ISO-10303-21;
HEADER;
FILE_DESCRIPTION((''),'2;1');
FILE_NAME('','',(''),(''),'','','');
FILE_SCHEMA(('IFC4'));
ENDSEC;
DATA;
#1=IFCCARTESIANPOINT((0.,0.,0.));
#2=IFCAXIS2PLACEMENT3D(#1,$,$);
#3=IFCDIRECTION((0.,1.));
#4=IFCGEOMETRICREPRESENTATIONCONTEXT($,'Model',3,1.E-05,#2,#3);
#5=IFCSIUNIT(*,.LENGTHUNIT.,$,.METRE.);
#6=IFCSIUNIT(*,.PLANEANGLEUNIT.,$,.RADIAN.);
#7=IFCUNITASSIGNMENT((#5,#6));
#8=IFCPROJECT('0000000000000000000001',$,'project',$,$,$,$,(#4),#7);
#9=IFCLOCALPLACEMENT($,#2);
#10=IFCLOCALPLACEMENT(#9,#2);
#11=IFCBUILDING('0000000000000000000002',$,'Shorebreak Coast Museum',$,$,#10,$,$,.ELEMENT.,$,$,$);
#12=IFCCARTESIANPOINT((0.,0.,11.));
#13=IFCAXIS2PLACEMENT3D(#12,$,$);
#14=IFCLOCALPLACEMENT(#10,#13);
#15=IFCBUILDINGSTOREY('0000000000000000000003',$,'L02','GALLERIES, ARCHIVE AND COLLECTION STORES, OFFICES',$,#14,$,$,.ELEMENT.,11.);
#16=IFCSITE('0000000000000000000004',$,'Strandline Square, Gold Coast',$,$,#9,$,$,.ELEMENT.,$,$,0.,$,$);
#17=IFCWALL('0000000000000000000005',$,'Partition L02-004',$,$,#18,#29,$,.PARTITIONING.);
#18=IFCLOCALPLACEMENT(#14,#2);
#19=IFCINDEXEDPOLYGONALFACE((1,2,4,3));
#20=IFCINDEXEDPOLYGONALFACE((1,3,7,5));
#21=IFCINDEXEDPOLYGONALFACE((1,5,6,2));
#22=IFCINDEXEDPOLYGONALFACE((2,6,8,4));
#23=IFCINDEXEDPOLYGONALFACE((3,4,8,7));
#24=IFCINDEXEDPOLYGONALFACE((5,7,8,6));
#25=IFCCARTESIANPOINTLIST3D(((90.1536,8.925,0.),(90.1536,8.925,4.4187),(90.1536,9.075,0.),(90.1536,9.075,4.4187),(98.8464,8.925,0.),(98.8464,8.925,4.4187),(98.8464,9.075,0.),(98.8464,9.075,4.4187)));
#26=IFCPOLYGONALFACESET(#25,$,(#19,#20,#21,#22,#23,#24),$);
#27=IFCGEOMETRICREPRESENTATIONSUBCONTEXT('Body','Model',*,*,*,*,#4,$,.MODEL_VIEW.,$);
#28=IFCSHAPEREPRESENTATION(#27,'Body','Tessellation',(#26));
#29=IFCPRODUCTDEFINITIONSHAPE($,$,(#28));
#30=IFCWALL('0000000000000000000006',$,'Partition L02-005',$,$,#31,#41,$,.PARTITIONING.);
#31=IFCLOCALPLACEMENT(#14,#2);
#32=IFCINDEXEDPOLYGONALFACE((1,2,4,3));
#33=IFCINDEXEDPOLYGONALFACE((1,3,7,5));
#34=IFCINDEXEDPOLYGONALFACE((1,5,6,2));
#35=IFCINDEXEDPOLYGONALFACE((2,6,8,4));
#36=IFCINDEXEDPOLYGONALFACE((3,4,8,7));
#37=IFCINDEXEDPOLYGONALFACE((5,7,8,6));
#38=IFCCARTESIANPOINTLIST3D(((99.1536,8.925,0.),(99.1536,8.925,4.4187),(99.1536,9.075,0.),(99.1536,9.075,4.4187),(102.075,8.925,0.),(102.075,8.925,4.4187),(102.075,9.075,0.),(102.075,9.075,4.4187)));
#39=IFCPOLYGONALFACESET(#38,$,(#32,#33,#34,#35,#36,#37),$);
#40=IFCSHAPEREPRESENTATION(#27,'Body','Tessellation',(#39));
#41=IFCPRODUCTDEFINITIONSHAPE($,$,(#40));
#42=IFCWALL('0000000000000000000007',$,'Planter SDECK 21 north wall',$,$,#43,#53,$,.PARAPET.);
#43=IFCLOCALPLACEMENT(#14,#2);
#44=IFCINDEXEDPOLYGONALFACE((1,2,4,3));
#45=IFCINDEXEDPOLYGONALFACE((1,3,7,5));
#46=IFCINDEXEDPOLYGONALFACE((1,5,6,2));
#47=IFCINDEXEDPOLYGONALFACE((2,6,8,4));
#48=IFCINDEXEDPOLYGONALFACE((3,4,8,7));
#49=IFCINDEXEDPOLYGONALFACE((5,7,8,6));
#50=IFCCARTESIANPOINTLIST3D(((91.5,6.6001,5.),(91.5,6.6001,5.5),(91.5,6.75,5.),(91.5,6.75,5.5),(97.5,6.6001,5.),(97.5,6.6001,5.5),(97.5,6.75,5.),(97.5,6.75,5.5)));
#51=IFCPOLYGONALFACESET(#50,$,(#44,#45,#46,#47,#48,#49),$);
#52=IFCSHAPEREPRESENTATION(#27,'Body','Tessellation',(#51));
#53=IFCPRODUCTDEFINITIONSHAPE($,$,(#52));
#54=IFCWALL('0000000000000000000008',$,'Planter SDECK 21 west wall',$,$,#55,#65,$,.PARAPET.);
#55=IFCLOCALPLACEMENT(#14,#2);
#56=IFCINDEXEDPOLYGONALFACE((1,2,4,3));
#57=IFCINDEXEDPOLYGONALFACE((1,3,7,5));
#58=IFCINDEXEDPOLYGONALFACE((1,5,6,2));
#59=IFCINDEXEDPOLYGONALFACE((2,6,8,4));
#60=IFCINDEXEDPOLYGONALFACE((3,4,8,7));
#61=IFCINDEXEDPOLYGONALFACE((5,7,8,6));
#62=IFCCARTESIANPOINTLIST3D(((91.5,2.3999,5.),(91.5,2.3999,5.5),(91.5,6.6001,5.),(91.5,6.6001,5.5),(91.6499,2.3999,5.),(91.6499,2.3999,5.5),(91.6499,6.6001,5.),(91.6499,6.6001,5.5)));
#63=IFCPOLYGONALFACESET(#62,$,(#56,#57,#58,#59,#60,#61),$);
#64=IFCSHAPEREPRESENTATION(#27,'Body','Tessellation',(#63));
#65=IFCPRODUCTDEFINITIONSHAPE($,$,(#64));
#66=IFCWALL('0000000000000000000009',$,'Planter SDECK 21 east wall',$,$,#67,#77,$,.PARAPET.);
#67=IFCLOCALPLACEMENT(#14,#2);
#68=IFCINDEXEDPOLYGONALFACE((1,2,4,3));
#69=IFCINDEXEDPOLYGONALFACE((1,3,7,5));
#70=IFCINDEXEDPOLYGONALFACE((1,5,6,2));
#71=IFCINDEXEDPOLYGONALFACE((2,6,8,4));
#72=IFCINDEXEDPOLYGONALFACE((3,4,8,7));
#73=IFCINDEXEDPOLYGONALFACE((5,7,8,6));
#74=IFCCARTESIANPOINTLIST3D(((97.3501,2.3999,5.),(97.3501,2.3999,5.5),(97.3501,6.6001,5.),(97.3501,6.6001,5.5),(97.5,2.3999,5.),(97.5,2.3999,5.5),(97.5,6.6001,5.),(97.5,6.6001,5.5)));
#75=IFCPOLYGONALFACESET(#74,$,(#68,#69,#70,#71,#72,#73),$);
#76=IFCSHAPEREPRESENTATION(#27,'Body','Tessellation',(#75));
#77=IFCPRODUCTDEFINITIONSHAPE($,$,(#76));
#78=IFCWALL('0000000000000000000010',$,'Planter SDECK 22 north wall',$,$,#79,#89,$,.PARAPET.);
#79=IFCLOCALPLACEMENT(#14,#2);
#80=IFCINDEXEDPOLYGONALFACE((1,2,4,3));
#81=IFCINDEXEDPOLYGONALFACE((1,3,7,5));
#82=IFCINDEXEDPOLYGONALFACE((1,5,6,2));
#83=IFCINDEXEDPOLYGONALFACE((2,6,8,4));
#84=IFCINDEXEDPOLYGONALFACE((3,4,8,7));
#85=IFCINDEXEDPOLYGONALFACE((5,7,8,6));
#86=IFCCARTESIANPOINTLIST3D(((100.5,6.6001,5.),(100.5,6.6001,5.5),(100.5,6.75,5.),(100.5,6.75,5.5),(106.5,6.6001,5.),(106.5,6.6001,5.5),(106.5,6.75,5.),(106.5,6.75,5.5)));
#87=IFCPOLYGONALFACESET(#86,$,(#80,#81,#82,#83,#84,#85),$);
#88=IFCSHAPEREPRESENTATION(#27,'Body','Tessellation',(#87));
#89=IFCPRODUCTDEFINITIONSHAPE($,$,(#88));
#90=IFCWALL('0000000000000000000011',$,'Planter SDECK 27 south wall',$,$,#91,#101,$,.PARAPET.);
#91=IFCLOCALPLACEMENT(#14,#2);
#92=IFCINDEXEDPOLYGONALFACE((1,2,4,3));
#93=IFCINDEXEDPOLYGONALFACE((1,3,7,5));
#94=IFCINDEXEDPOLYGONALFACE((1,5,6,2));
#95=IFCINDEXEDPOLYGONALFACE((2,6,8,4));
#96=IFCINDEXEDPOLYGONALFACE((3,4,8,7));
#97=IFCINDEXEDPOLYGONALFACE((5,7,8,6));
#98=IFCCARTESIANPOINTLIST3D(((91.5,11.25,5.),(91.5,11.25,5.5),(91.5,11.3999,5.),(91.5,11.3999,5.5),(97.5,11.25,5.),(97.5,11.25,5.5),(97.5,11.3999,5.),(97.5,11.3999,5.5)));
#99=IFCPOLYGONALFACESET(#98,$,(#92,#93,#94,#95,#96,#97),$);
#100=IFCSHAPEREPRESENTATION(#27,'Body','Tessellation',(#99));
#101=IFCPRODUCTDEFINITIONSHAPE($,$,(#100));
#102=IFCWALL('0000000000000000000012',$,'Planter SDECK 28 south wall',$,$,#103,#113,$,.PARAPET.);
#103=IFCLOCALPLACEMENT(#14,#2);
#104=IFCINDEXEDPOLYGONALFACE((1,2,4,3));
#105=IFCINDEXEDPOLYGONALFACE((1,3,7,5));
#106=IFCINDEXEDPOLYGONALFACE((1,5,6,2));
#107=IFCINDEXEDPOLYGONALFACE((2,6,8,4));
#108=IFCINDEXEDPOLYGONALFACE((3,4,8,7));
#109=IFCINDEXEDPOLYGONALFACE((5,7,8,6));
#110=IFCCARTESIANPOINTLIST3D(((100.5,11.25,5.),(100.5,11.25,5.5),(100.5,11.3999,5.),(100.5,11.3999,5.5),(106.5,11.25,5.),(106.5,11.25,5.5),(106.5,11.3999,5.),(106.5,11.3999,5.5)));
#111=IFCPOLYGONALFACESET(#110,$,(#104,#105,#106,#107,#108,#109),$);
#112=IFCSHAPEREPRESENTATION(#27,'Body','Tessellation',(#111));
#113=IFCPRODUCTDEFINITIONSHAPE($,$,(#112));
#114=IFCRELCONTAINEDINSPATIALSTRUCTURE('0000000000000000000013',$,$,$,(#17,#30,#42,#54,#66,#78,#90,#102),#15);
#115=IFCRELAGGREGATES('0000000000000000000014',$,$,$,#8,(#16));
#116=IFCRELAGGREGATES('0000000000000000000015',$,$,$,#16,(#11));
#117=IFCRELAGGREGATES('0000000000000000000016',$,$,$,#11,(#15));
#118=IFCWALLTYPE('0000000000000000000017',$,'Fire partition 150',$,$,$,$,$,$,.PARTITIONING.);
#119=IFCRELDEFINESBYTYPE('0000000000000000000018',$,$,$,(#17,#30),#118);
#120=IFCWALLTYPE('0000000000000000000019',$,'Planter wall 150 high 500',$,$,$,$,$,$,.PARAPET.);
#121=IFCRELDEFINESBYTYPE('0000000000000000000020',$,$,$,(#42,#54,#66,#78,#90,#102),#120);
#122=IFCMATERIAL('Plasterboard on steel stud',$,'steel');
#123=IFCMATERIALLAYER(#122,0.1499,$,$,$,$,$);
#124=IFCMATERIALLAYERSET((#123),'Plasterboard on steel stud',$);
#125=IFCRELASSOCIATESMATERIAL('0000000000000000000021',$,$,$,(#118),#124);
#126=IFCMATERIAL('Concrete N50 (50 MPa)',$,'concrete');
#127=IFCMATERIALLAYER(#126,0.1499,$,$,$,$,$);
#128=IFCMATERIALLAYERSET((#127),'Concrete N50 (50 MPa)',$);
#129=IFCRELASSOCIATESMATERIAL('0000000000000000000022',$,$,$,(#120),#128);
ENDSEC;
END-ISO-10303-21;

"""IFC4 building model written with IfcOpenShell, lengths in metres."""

from ifc_helpers import new_model, si_unit, direction, frame, frame_2d, origin, place, context, subcontext, project, spatial, rectangle, extrude, material, layer, layer_set, type_object, element, save


model = new_model("IFC4")

# Units and contexts
model_context = context("Model", 3, precision=1e-05, world=origin(), true_north=direction((0.0, 1.0)))
body_context = subcontext(model_context, "Body", "Model", "MODEL_VIEW")
ifc_project = project(units=[si_unit("LENGTHUNIT", "METRE"), si_unit("PLANEANGLEUNIT", "RADIAN")], contexts=[model_context])

# Site, building, storey
site_placement = place(None, origin())
site = spatial("IfcSite", under=ifc_project, at=site_placement, Name="Strandline Square, Gold Coast", CompositionType="ELEMENT", RefElevation=0.0)
building_placement = place(site_placement, origin())
building = spatial("IfcBuilding", under=site, at=building_placement, Name="Shorebreak Coast Museum", CompositionType="ELEMENT")
storey_placement = place(building_placement, frame((0.0, 0.0, 11.0)))
storey = spatial("IfcBuildingStorey", under=building, at=storey_placement, Name="L02", Description="GALLERIES, ARCHIVE AND COLLECTION STORES, OFFICES", CompositionType="ELEMENT", Elevation=11.0)

# Walls
ifc_material_1 = material(Name="Plasterboard on steel stud", Category="steel")
ifc_layer_1 = layer(ifc_material_1, 0.1499)
ifc_layer_set_1 = layer_set([ifc_layer_1], Name="Plasterboard on steel stud")
wall_type_1 = type_object("IfcWallType", Name="Fire partition 150", PredefinedType="PARTITIONING", material=ifc_layer_set_1)
wall_1_placement = place(storey_placement, frame((90.1536, 9.0, 0.0), z_axis=(0.0, 0.0, 1.0), x_axis=(1.0, 0.0, 0.0)))
element("IfcWall", 1, at=wall_1_placement, inside=storey, type_object=wall_type_1, Name="Partition L02-004", PredefinedType="PARTITIONING", context=body_context, shape_type="SweptSolid", body=[
    extrude(rectangle(XDim=8.6929, YDim=0.1499, at=frame_2d((4.3464, 0.0))), origin(), (0.0, 0.0, 1.0), 4.4187),
])
wall_2_placement = place(storey_placement, frame((99.1536, 9.0, 0.0), z_axis=(0.0, 0.0, 1.0), x_axis=(1.0, 0.0, 0.0)))
element("IfcWall", 2, at=wall_2_placement, inside=storey, type_object=wall_type_1, Name="Partition L02-005", PredefinedType="PARTITIONING", context=body_context, shape_type="SweptSolid", body=[
    extrude(rectangle(XDim=2.9214, YDim=0.1499, at=frame_2d((1.4607, 0.0))), origin(), (0.0, 0.0, 1.0), 4.4187),
])
ifc_material_2 = material(Name="Concrete N50 (50 MPa)", Category="concrete")
ifc_layer_2 = layer(ifc_material_2, 0.1499)
ifc_layer_set_2 = layer_set([ifc_layer_2], Name="Concrete N50 (50 MPa)")
wall_type_2 = type_object("IfcWallType", Name="Planter wall 150 high 500", PredefinedType="PARAPET", material=ifc_layer_set_2)
wall_3_placement = place(storey_placement, frame((91.5, 6.675, 5.0), z_axis=(0.0, 0.0, 1.0), x_axis=(1.0, 0.0, 0.0)))
element("IfcWall", 3, at=wall_3_placement, inside=storey, type_object=wall_type_2, Name="Planter SDECK 21 north wall", PredefinedType="PARAPET", context=body_context, shape_type="SweptSolid", body=[
    extrude(rectangle(XDim=6.0, YDim=0.1499, at=frame_2d((3.0, 0.0))), origin(), (0.0, 0.0, 1.0), 0.5),
])
for number, where, z_axis, x_axis, name in (
    (4, (91.575, 2.3999, 5.0), (0.0, 0.0, 1.0), (0.0, 1.0, 0.0), "Planter SDECK 21 west wall"),
    (5, (97.425, 2.3999, 5.0), (0.0, 0.0, 1.0), (0.0, 1.0, 0.0), "Planter SDECK 21 east wall"),
):
    element("IfcWall", number, at=place(storey_placement, frame(where, z_axis=z_axis, x_axis=x_axis)), inside=storey, type_object=wall_type_2, Name=name, PredefinedType="PARAPET", context=body_context, shape_type="SweptSolid", body=[
        extrude(rectangle(XDim=4.2002, YDim=0.1499, at=frame_2d((2.1001, 0.0))), origin(), (0.0, 0.0, 1.0), 0.5),
    ])
for number, where, z_axis, x_axis, name in (
    (6, (100.5, 6.675, 5.0), (0.0, 0.0, 1.0), (1.0, 0.0, 0.0), "Planter SDECK 22 north wall"),
    (7, (91.5, 11.325, 5.0), (0.0, 0.0, 1.0), (1.0, 0.0, 0.0), "Planter SDECK 27 south wall"),
    (8, (100.5, 11.325, 5.0), (0.0, 0.0, 1.0), (1.0, 0.0, 0.0), "Planter SDECK 28 south wall"),
):
    element("IfcWall", number, at=place(storey_placement, frame(where, z_axis=z_axis, x_axis=x_axis)), inside=storey, type_object=wall_type_2, Name=name, PredefinedType="PARAPET", context=body_context, shape_type="SweptSolid", body=[
        extrude(rectangle(XDim=6.0, YDim=0.1499, at=frame_2d((3.0, 0.0))), origin(), (0.0, 0.0, 1.0), 0.5),
    ])

save(model, "model.ifc")
